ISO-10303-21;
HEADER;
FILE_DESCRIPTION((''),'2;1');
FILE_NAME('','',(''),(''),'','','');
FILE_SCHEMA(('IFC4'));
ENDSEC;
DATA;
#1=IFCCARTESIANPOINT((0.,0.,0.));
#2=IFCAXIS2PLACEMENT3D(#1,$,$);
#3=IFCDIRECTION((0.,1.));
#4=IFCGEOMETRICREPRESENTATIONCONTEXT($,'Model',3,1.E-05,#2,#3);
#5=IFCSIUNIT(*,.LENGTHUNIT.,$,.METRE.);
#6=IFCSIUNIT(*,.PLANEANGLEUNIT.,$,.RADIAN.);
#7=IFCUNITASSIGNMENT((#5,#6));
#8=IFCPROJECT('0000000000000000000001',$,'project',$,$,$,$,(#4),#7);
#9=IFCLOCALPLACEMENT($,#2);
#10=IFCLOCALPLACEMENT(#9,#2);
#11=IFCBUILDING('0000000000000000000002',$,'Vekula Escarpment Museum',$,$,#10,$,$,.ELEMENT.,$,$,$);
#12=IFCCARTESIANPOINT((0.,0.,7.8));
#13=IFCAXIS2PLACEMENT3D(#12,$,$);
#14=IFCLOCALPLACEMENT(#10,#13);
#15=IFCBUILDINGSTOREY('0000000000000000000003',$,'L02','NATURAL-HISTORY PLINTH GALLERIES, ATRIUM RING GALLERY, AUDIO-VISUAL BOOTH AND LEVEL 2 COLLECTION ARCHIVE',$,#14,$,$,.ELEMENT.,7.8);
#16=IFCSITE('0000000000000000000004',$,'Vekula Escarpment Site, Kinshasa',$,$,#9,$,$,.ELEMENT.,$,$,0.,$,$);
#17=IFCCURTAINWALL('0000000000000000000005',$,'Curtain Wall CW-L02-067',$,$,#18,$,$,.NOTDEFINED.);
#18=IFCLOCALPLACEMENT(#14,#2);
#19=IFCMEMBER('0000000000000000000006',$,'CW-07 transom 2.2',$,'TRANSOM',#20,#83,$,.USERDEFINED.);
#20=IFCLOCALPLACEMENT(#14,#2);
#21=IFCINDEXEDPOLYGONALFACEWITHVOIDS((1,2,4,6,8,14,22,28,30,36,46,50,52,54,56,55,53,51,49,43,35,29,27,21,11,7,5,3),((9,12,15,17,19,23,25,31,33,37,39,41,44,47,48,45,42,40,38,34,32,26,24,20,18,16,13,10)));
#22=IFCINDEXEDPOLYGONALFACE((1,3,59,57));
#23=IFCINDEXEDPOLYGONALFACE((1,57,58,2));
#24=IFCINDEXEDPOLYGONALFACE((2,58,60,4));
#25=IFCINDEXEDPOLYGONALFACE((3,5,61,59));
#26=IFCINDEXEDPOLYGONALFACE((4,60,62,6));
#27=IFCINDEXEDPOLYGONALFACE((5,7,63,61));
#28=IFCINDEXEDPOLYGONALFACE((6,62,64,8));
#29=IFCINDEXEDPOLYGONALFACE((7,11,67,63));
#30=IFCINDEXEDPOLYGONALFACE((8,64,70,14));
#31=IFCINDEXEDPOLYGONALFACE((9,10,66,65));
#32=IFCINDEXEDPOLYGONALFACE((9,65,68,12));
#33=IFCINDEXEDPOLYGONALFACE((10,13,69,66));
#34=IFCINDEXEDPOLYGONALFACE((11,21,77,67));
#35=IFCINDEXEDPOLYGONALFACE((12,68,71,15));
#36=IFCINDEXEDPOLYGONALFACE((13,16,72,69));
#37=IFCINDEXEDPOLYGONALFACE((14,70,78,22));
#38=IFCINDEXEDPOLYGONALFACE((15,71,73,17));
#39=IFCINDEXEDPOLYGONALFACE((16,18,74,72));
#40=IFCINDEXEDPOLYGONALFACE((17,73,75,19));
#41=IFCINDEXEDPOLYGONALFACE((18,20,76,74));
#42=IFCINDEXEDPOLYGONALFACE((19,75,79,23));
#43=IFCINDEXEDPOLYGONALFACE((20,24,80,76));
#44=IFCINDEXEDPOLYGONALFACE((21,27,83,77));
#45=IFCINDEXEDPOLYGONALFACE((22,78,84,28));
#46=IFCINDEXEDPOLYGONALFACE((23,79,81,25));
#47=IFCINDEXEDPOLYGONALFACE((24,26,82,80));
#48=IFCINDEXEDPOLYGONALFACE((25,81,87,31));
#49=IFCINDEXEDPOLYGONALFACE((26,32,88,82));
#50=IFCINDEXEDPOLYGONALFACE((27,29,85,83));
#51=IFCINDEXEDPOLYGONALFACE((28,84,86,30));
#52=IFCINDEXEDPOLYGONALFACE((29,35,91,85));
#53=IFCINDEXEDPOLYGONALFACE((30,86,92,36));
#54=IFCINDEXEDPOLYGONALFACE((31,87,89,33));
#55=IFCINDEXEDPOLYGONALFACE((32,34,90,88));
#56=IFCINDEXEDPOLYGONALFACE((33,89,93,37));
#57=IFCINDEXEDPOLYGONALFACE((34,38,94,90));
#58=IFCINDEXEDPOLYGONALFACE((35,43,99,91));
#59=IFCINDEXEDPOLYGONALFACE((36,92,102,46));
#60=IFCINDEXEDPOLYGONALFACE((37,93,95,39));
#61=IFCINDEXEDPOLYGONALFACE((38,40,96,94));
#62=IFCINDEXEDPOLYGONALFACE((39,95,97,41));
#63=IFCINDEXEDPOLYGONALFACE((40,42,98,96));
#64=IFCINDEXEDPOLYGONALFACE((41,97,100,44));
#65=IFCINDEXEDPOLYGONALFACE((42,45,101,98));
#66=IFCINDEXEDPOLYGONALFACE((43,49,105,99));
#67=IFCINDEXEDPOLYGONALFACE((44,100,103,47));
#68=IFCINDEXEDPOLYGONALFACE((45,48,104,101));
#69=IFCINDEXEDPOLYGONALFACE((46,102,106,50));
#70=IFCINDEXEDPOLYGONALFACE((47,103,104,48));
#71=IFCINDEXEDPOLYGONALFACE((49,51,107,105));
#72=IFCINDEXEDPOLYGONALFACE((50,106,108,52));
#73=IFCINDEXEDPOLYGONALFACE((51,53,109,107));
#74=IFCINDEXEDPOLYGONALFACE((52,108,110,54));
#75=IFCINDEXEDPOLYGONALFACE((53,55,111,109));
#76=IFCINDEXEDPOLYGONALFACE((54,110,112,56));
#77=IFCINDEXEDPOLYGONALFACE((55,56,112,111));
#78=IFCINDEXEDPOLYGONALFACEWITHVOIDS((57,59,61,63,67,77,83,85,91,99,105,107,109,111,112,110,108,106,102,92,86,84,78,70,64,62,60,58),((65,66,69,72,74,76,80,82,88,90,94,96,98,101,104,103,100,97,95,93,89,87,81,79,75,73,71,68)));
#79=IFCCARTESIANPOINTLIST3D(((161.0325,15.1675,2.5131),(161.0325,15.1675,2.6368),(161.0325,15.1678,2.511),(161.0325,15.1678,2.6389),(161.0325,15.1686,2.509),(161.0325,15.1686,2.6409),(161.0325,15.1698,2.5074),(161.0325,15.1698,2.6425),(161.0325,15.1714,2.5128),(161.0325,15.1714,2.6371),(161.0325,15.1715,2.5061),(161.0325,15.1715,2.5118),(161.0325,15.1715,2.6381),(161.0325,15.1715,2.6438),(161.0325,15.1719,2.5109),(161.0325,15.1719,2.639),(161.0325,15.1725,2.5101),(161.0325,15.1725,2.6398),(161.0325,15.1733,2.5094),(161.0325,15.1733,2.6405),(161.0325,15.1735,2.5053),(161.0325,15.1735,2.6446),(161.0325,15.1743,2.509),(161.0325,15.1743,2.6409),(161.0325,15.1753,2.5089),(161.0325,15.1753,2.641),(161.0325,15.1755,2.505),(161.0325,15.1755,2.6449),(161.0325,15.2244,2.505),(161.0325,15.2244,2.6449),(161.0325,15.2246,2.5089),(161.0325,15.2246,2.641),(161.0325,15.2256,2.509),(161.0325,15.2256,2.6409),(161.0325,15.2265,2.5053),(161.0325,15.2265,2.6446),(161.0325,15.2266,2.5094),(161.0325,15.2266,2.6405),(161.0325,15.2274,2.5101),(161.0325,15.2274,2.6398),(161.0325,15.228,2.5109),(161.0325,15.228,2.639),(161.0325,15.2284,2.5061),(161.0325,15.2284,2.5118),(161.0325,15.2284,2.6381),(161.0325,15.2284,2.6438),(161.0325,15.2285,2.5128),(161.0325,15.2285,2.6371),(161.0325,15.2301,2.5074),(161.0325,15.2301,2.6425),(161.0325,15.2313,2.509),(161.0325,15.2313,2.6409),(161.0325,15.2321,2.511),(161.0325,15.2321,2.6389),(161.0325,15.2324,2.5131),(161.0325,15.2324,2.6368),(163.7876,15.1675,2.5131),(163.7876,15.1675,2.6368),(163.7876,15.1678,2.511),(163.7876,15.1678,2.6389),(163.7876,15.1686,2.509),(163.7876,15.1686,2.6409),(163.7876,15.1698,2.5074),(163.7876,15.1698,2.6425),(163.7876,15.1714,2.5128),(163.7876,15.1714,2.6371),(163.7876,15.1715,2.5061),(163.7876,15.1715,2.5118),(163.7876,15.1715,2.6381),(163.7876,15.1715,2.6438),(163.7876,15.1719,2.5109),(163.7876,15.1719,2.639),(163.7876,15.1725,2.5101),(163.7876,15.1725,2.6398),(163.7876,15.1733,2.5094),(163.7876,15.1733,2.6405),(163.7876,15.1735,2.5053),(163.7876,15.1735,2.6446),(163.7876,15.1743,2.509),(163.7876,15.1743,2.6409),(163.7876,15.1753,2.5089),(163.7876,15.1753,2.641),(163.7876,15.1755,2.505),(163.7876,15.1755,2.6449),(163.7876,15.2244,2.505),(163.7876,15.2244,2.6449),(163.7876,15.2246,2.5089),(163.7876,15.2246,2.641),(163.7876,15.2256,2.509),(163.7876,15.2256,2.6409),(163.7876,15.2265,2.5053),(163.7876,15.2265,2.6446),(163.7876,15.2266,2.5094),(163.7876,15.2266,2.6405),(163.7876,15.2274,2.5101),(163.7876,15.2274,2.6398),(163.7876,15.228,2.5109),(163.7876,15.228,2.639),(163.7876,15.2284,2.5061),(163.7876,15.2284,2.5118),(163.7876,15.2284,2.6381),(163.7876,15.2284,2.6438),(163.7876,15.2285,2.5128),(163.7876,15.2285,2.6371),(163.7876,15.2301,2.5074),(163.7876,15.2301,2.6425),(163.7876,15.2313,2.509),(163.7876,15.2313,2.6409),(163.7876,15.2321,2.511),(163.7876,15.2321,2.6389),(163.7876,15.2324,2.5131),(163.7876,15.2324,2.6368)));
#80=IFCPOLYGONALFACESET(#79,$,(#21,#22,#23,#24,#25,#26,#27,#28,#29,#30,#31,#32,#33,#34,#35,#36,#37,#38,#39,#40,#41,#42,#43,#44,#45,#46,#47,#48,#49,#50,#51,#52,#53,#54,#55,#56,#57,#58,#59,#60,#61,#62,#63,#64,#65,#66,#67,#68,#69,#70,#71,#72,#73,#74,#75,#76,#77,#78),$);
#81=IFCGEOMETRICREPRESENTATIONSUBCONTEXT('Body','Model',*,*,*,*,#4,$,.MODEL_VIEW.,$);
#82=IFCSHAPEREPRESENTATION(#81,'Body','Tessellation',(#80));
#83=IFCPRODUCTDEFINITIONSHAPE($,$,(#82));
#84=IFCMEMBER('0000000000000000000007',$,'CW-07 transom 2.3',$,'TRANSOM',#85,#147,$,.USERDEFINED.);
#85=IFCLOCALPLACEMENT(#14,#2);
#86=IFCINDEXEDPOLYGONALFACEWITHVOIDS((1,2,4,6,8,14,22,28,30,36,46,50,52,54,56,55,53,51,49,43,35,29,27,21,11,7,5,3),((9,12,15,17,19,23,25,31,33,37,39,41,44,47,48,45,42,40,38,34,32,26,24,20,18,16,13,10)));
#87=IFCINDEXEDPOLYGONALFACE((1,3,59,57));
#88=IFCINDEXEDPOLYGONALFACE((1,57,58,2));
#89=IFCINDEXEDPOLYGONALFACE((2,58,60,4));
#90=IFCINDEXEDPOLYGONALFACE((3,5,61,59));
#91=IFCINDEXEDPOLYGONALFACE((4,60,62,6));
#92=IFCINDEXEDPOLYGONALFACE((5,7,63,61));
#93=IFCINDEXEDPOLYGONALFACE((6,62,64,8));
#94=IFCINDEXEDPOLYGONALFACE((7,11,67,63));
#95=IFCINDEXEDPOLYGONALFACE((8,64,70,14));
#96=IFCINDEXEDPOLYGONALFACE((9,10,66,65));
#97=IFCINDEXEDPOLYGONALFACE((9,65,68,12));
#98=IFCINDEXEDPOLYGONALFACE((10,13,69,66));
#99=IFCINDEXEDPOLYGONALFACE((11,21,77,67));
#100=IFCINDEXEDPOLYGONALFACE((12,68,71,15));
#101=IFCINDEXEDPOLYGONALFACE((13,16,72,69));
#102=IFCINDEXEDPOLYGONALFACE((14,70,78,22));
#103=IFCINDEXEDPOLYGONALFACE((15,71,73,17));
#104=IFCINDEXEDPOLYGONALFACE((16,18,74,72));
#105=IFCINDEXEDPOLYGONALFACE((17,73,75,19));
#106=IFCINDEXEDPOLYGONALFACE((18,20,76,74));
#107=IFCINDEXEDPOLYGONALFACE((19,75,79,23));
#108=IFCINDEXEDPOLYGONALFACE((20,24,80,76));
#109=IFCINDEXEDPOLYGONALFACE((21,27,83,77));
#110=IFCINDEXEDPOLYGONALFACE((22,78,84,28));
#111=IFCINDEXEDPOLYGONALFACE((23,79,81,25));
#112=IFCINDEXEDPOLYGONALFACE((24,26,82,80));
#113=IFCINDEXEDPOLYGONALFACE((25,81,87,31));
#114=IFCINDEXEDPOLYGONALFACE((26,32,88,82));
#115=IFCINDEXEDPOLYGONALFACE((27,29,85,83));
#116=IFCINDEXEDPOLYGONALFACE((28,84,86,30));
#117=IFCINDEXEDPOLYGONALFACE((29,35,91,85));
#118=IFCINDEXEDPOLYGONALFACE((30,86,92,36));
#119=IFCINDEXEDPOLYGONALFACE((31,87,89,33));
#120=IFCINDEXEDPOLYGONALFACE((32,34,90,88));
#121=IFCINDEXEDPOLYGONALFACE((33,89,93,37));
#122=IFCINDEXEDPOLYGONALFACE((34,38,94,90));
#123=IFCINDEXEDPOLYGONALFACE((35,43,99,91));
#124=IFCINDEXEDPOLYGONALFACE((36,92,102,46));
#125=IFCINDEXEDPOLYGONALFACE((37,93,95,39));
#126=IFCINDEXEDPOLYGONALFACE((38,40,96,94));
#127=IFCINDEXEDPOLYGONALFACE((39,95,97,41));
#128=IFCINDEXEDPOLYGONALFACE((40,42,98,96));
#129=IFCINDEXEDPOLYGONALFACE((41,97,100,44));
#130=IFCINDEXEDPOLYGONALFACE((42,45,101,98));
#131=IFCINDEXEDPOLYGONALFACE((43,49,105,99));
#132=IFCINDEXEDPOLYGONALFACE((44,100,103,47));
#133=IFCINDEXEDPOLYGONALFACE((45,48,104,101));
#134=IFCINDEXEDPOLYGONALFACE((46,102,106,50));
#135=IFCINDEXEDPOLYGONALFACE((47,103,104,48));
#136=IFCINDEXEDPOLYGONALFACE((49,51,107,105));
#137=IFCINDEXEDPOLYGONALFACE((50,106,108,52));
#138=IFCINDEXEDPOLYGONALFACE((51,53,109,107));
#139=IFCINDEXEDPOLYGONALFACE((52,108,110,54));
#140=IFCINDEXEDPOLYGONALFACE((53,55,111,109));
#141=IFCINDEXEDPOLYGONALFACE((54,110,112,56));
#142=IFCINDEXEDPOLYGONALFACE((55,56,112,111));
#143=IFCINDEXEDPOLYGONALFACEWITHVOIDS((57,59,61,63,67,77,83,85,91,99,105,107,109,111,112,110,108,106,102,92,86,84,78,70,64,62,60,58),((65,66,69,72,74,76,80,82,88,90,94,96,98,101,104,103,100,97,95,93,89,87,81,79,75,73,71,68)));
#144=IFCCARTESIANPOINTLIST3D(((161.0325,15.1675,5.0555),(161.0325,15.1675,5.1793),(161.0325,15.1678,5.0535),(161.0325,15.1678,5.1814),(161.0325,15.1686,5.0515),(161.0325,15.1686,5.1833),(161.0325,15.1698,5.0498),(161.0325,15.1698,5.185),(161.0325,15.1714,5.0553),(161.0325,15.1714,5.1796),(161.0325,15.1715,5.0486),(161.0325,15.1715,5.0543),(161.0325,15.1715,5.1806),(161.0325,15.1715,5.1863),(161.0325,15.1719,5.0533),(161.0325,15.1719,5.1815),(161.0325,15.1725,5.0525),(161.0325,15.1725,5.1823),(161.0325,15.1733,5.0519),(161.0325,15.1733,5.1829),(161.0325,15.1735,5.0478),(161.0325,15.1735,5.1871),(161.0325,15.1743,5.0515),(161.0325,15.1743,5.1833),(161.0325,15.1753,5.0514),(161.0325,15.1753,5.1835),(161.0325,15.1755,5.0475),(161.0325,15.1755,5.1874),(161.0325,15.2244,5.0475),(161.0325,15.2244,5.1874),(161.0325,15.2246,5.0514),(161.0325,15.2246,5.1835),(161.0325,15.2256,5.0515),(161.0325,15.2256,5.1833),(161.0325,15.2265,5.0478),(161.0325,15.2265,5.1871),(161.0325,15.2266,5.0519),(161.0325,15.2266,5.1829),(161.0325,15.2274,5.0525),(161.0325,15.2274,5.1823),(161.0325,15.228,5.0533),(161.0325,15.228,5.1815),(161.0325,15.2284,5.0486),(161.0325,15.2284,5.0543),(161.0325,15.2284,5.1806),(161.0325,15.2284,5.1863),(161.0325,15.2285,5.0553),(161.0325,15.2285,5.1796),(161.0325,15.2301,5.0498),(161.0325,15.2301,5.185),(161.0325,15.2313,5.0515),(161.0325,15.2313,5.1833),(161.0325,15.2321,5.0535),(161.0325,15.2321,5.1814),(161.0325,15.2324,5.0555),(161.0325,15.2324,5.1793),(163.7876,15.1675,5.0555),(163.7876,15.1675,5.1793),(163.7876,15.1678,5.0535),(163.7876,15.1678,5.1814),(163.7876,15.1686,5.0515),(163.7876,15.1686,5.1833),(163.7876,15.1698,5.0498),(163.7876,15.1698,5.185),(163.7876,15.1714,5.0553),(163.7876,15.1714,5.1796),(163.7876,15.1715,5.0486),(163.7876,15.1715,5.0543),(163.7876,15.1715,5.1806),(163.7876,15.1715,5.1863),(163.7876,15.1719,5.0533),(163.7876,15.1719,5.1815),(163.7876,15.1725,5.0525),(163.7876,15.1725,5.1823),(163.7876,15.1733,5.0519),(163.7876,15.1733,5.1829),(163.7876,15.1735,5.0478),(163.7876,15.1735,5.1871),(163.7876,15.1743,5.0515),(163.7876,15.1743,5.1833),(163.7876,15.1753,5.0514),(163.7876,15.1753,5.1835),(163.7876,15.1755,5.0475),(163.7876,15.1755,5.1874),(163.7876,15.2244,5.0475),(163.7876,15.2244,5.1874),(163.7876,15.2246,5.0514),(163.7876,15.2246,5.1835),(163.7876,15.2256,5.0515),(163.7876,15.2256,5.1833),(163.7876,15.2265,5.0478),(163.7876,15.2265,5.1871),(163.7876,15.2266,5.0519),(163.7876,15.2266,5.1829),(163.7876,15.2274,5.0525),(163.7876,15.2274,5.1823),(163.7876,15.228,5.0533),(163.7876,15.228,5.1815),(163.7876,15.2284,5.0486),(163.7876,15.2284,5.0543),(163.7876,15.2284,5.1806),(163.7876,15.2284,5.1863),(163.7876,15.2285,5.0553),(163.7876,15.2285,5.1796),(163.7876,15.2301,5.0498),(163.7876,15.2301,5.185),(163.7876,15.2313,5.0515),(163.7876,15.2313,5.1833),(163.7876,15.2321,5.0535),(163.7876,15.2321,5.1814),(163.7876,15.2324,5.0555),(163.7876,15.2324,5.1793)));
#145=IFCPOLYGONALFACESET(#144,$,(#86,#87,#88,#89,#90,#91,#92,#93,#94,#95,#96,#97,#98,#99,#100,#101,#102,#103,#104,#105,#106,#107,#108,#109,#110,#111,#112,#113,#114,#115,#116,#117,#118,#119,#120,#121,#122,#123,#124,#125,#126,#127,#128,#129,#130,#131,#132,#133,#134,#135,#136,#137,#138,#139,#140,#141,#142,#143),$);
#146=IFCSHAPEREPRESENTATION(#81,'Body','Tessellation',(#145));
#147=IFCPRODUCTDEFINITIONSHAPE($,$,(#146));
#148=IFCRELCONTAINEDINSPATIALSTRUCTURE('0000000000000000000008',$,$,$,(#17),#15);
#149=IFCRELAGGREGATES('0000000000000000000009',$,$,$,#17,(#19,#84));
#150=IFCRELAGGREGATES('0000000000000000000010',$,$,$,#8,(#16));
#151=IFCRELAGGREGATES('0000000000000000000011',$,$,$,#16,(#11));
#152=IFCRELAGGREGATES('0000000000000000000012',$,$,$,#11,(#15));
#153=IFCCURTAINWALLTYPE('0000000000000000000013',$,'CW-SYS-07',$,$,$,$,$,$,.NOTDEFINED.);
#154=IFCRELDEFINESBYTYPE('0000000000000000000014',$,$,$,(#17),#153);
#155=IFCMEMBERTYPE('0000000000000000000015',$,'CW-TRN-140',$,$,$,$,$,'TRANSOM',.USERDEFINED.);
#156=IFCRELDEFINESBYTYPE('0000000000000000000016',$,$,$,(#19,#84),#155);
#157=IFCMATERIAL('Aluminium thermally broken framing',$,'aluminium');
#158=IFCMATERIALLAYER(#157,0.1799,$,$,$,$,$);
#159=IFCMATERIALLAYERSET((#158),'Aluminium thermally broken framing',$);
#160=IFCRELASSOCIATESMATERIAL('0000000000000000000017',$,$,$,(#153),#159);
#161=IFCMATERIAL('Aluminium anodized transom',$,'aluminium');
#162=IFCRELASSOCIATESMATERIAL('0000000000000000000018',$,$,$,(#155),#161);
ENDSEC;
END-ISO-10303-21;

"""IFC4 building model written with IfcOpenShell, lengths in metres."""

from ifc_helpers import new_model, si_unit, direction, frame, origin, origin_2d, place, context, subcontext, project, spatial, hollow_rectangle, extrude, material, layer, layer_set, material_profile, profile_set, type_object, element, aggregate, save


model = new_model("IFC4")

# Units and contexts
model_context = context("Model", 3, precision=1e-05, world=origin(), true_north=direction((0.0, 1.0)))
body_context = subcontext(model_context, "Body", "Model", "MODEL_VIEW")
ifc_project = project(units=[si_unit("LENGTHUNIT", "METRE"), si_unit("PLANEANGLEUNIT", "RADIAN")], contexts=[model_context])

# Site, building, storey
site_placement = place(None, origin())
site = spatial("IfcSite", under=ifc_project, at=site_placement, Name="Vekula Escarpment Site, Kinshasa", CompositionType="ELEMENT", RefElevation=0.0)
building_placement = place(site_placement, origin())
building = spatial("IfcBuilding", under=site, at=building_placement, Name="Vekula Escarpment Museum", CompositionType="ELEMENT")
storey_placement = place(building_placement, frame((0.0, 0.0, 7.8)))
storey = spatial("IfcBuildingStorey", under=building, at=storey_placement, Name="L02", Description="NATURAL-HISTORY PLINTH GALLERIES, ATRIUM RING GALLERY, AUDIO-VISUAL BOOTH AND LEVEL 2 COLLECTION ARCHIVE", CompositionType="ELEMENT", Elevation=7.8)

# Curtain wall, members
ifc_material_1 = material(Name="Aluminium thermally broken framing", Category="aluminium")
ifc_layer_1 = layer(ifc_material_1, 0.1799)
ifc_layer_set_1 = layer_set([ifc_layer_1], Name="Aluminium thermally broken framing")
curtain_wall_type = type_object("IfcCurtainWallType", Name="CW-SYS-07", PredefinedType="NOTDEFINED", material=ifc_layer_set_1)
curtain_wall_placement = place(storey_placement, origin())
curtain_wall = element("IfcCurtainWall", 1, at=curtain_wall_placement, inside=storey, type_object=curtain_wall_type, Name="Curtain Wall CW-L02-067", PredefinedType="NOTDEFINED")
ifc_material_2 = material(Name="Aluminium anodized transom", Category="aluminium")
ifc_material_profile_1 = material_profile(ifc_material_2, hollow_rectangle(XDim=0.0649, YDim=0.1399, WallThickness=0.0039, InnerFilletRadius=0.0039, OuterFilletRadius=0.0081, at=origin_2d()), Name="ALU 140x65x4")
ifc_profile_set_1 = profile_set([ifc_material_profile_1], Name="Aluminium anodized transom")
member_type_1 = type_object("IfcMemberType", Name="CW-TRN-140", ElementType="TRANSOM", PredefinedType="USERDEFINED", material=ifc_profile_set_1)
member_1_placement = place(storey_placement, frame((163.7876, 15.2, 2.575), z_axis=(-1.0, 0.0, 0.0), x_axis=(0.0, -1.0, 0.0)))
member_1 = element("IfcMember", 2, at=member_1_placement, type_object=member_type_1, Name="CW-07 transom 2.2", ObjectType="TRANSOM", PredefinedType="USERDEFINED", context=body_context, shape_type="SweptSolid", body=[
    extrude(hollow_rectangle(XDim=0.0649, YDim=0.1399, WallThickness=0.0039, InnerFilletRadius=0.0039, OuterFilletRadius=0.0081, at=origin_2d()), origin(), (0.0, 0.0, 1.0), 2.7551),
])
member_2_placement = place(storey_placement, frame((163.7876, 15.2, 5.1174), z_axis=(-1.0, 0.0, 0.0), x_axis=(0.0, -1.0, 0.0)))
member_2 = element("IfcMember", 3, at=member_2_placement, type_object=member_type_1, Name="CW-07 transom 2.3", ObjectType="TRANSOM", PredefinedType="USERDEFINED", context=body_context, shape_type="SweptSolid", body=[
    extrude(hollow_rectangle(XDim=0.0649, YDim=0.1399, WallThickness=0.0039, InnerFilletRadius=0.0039, OuterFilletRadius=0.0081, at=origin_2d()), origin(), (0.0, 0.0, 1.0), 2.7551),
])
aggregate(curtain_wall, [member_1, member_2])

save(model, "model.ifc")
